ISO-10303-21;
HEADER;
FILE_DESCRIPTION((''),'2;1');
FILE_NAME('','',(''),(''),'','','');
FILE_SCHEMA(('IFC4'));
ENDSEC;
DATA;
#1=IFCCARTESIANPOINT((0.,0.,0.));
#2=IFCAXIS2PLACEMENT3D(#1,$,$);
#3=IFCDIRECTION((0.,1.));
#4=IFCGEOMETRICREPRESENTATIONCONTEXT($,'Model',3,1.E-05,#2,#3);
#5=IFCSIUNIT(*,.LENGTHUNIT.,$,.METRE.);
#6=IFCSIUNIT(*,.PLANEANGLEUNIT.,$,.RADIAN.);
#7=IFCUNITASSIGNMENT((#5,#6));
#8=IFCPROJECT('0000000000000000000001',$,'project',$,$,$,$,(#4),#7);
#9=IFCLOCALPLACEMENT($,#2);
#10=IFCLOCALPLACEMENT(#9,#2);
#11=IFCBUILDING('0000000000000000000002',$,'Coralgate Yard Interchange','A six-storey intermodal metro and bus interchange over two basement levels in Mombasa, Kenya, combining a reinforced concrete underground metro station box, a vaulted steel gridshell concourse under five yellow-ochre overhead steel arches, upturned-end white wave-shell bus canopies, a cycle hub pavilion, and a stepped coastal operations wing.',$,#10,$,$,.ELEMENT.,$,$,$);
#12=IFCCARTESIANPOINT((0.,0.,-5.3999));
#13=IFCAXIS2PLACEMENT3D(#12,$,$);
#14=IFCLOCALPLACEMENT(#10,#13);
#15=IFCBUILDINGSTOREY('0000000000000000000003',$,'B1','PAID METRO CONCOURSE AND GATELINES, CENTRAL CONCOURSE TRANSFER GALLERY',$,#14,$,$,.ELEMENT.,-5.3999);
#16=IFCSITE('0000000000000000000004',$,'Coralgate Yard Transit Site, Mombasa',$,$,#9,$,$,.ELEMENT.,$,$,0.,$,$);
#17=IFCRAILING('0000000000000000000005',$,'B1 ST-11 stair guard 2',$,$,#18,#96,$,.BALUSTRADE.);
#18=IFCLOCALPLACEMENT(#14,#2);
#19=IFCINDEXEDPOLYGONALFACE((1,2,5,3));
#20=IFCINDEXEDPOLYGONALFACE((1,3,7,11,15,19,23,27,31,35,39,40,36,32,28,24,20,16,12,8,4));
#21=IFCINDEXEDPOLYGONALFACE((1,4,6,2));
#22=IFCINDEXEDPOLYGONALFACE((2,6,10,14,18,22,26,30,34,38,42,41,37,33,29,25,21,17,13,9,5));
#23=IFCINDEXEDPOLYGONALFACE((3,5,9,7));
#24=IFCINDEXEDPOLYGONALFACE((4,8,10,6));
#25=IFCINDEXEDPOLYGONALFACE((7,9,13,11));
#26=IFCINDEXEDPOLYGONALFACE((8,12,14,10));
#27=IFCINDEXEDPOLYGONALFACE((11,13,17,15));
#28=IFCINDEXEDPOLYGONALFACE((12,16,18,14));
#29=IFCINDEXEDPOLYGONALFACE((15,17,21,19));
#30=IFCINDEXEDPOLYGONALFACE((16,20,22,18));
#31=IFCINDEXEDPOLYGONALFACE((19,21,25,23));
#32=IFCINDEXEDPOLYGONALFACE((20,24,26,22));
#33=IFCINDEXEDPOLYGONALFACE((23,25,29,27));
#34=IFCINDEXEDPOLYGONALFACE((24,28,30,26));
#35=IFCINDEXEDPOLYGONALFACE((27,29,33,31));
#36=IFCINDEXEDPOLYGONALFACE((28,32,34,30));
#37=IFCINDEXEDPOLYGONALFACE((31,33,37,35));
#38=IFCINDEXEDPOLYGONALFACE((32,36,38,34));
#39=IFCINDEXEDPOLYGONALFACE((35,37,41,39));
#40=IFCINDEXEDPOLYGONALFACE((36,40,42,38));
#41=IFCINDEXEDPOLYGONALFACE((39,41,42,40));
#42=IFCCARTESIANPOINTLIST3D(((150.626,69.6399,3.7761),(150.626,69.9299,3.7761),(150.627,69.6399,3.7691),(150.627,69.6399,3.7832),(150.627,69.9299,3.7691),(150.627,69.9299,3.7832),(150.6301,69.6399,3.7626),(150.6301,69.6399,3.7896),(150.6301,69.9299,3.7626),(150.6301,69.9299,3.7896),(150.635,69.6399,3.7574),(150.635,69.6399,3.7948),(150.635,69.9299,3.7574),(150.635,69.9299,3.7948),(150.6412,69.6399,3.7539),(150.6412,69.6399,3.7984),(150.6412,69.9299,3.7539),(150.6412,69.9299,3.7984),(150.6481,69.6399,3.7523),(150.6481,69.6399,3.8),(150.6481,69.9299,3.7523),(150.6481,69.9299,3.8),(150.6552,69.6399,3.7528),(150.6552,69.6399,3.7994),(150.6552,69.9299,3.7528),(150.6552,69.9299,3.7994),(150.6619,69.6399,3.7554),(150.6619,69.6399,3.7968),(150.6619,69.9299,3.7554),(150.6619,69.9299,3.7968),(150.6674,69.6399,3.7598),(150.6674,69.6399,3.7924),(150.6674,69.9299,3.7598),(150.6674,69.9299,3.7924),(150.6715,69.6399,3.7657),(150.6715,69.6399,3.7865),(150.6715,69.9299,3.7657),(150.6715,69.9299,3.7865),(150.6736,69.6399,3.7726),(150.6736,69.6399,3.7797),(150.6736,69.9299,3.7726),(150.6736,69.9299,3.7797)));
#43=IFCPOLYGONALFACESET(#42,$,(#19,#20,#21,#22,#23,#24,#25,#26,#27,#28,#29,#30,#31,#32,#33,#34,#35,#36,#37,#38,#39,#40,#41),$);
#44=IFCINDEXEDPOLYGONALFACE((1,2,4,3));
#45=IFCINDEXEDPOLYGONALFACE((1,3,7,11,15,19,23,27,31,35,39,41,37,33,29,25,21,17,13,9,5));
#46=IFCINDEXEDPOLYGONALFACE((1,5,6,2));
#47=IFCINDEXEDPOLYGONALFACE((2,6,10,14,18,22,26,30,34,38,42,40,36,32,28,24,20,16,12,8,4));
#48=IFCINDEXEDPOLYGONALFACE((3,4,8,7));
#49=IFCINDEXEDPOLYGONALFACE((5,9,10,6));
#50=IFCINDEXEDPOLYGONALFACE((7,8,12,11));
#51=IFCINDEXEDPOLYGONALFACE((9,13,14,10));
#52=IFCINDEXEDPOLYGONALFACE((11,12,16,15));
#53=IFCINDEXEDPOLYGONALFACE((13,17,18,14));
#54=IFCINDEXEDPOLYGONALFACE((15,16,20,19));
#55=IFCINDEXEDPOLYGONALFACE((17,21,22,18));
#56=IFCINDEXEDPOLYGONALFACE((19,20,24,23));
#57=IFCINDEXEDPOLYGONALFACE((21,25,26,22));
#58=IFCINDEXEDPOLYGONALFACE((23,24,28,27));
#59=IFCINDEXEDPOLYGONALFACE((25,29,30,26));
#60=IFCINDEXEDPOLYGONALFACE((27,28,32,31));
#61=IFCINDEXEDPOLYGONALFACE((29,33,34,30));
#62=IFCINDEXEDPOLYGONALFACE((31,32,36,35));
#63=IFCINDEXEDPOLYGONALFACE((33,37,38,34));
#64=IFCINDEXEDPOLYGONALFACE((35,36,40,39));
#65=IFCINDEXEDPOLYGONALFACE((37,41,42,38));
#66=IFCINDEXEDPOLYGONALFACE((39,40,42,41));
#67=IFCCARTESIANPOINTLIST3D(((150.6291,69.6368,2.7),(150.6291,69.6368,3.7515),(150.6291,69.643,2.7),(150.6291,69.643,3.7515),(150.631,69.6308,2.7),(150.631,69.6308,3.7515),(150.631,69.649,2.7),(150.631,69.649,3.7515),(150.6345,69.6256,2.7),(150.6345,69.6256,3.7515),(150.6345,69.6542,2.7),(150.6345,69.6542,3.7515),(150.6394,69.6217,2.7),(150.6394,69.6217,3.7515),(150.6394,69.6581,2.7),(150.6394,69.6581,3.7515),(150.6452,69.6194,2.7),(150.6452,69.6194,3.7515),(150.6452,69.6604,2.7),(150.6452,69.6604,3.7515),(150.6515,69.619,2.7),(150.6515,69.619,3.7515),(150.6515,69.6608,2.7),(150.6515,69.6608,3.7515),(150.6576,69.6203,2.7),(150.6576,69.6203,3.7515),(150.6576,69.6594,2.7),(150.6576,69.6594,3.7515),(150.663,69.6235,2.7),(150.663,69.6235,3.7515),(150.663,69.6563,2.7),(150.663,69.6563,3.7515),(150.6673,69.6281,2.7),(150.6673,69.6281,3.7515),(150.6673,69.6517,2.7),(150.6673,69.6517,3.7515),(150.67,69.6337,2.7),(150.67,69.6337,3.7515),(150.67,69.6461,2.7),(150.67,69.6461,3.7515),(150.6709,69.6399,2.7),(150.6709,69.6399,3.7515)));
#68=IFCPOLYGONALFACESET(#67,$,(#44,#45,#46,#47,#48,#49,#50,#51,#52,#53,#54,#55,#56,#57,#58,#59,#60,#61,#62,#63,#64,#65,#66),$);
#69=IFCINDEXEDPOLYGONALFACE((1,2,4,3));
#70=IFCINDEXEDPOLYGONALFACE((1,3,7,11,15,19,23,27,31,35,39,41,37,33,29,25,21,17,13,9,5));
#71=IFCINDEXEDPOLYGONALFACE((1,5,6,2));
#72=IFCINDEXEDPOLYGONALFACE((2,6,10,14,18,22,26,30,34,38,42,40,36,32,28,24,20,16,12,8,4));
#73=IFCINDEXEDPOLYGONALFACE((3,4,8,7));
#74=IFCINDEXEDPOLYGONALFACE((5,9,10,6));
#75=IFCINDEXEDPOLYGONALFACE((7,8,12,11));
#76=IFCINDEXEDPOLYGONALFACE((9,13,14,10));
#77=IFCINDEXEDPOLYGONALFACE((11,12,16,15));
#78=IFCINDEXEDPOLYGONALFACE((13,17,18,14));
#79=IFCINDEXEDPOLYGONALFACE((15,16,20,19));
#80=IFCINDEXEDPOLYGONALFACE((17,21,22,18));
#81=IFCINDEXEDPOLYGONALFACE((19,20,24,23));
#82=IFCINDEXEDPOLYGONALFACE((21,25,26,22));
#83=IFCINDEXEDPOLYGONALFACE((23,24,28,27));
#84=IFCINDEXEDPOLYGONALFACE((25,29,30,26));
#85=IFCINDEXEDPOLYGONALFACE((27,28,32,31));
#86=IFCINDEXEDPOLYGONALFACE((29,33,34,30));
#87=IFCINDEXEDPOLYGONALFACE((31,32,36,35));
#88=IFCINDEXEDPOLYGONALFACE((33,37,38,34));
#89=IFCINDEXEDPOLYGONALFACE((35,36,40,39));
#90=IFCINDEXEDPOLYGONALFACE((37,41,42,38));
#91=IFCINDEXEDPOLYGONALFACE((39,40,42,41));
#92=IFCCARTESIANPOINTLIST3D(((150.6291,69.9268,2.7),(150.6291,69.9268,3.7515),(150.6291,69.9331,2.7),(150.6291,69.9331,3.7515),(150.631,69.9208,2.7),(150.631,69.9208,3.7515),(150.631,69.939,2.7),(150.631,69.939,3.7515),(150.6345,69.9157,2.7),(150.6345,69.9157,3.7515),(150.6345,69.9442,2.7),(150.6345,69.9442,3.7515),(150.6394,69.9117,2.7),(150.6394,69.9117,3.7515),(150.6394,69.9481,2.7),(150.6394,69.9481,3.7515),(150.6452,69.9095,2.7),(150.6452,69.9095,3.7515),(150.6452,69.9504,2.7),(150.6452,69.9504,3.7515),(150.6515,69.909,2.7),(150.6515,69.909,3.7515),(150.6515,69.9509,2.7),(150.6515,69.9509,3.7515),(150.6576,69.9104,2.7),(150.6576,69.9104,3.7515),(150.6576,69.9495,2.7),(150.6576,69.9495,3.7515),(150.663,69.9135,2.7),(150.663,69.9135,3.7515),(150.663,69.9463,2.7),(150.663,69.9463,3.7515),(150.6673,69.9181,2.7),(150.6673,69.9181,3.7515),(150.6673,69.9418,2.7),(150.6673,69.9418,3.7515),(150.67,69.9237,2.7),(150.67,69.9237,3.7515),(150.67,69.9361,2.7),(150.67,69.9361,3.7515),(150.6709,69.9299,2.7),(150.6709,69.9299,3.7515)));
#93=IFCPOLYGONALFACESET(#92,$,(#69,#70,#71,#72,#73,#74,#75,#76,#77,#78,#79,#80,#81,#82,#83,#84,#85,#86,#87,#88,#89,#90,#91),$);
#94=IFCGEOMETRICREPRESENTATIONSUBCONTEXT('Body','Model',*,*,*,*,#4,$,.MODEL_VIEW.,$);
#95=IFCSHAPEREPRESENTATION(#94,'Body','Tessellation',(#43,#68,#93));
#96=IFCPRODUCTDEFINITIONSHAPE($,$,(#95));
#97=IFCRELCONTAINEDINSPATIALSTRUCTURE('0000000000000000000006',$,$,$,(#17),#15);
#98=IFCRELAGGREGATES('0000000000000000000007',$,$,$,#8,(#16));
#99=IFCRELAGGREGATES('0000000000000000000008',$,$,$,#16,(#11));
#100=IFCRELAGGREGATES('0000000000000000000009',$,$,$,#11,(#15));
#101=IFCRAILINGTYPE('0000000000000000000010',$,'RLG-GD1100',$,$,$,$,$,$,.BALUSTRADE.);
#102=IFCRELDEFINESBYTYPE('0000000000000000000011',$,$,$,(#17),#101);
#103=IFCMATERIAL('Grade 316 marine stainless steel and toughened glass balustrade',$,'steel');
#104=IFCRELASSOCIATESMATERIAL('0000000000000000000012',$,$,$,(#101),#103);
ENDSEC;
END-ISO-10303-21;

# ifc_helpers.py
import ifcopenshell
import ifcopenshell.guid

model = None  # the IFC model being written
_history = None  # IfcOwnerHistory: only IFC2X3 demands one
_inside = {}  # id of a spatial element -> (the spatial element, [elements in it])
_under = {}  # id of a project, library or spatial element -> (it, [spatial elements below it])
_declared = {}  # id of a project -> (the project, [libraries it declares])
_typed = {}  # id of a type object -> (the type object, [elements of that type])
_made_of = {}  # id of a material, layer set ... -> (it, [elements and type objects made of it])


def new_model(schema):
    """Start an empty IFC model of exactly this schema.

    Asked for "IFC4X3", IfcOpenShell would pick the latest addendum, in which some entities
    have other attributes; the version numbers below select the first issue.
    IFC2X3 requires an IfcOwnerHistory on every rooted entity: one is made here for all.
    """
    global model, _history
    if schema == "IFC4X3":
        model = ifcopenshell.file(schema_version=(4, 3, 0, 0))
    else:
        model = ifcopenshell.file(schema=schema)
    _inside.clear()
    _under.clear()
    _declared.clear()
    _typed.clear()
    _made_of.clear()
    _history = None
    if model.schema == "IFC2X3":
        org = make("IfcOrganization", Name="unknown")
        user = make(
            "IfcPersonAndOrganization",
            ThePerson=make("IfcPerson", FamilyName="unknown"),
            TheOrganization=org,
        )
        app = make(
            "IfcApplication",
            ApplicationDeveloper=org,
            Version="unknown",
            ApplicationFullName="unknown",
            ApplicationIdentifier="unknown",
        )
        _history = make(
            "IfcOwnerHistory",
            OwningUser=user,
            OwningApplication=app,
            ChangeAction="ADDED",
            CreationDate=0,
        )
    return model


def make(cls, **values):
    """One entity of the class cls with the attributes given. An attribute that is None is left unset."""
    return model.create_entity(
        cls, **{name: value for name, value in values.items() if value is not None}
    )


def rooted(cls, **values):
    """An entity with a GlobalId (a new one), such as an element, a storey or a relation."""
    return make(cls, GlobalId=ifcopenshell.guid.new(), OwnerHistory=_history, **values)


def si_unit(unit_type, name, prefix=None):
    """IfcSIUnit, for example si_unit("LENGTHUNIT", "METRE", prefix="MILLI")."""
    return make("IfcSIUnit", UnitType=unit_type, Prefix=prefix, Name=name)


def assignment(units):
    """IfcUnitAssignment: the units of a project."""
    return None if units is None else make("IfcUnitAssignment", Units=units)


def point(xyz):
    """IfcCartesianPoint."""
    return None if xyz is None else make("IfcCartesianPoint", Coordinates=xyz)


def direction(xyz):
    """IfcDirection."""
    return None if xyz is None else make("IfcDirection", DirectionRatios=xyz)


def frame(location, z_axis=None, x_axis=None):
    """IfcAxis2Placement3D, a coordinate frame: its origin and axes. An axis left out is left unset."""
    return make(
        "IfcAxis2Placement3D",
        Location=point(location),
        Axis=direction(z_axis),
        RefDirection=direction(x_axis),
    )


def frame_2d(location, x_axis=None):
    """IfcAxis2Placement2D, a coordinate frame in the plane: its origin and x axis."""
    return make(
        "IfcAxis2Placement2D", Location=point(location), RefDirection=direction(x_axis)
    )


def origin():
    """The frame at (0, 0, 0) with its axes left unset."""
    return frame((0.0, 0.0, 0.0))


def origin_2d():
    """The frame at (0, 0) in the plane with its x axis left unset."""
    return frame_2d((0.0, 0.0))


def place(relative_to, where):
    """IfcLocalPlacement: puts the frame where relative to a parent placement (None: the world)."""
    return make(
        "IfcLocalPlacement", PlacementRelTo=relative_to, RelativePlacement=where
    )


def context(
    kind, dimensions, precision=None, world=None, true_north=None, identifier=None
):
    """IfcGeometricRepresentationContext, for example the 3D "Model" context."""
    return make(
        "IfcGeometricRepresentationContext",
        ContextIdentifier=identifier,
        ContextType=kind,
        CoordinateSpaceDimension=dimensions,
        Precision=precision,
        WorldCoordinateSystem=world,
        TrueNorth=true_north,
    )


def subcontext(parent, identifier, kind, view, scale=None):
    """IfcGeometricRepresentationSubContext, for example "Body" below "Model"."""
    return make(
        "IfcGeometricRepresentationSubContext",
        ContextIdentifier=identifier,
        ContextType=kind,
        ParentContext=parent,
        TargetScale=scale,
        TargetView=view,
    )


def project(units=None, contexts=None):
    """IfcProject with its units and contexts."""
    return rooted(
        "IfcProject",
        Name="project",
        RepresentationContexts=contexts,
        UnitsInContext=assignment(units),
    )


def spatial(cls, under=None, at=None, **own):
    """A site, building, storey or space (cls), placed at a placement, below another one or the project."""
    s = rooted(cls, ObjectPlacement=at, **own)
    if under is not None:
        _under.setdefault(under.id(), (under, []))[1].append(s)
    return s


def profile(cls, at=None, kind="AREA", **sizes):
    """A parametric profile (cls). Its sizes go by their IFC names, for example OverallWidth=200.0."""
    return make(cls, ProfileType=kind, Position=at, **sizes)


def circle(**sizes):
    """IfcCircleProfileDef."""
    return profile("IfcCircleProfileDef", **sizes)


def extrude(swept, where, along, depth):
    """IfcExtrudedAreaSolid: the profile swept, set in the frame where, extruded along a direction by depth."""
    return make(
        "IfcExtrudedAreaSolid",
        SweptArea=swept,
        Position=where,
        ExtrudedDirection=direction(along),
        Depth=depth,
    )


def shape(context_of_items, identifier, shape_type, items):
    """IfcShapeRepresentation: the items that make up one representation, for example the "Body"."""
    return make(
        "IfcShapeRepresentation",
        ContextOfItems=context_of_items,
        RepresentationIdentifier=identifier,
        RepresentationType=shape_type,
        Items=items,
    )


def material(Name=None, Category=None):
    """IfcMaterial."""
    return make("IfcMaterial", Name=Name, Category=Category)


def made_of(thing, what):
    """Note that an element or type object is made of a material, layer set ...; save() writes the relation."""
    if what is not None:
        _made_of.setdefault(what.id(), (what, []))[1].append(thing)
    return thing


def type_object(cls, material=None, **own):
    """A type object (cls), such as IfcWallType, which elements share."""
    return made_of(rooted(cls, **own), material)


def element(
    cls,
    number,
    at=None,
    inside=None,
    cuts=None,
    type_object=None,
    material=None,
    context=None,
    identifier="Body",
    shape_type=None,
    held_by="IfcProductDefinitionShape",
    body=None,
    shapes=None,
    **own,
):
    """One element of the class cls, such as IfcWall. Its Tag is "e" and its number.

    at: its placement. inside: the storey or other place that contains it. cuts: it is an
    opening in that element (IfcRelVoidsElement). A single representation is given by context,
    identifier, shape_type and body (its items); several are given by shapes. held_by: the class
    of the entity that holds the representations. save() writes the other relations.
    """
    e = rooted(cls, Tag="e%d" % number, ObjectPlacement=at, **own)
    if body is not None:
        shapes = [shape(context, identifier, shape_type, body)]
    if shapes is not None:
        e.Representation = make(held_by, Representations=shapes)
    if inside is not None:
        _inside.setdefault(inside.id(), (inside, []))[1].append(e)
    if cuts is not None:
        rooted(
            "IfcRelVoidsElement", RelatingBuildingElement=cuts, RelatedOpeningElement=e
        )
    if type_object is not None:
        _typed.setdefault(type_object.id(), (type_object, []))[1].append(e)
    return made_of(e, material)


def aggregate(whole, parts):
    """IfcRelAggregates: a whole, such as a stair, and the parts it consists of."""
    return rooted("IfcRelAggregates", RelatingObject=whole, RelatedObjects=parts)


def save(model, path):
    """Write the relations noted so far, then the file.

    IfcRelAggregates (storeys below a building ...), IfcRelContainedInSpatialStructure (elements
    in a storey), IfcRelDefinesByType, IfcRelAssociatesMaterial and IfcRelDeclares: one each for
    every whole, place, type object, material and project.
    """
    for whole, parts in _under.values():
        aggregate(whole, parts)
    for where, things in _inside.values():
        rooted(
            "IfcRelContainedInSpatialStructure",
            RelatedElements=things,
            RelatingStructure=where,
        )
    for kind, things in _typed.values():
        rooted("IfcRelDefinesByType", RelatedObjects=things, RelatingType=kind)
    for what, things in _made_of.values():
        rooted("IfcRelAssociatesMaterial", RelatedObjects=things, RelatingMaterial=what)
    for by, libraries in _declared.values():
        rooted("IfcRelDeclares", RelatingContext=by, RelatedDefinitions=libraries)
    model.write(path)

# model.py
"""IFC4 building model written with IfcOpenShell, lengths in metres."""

from ifc_helpers import new_model, si_unit, direction, frame, origin, origin_2d, place, context, subcontext, project, spatial, circle, extrude, material, type_object, element, save


model = new_model("IFC4")

# Units and contexts
model_context = context("Model", 3, precision=1e-05, world=origin(), true_north=direction((0.0, 1.0)))
body_context = subcontext(model_context, "Body", "Model", "MODEL_VIEW")
ifc_project = project(units=[si_unit("LENGTHUNIT", "METRE"), si_unit("PLANEANGLEUNIT", "RADIAN")], contexts=[model_context])

# Site, building, storey
site_placement = place(None, origin())
site = spatial("IfcSite", under=ifc_project, at=site_placement, Name="Coralgate Yard Transit Site, Mombasa", CompositionType="ELEMENT", RefElevation=0.0)
building_placement = place(site_placement, origin())
building = spatial("IfcBuilding", under=site, at=building_placement, Name="Coralgate Yard Interchange", Description="A six-storey intermodal metro and bus interchange over two basement levels in Mombasa, Kenya, combining a reinforced concrete underground metro station box, a vaulted steel gridshell concourse under five yellow-ochre overhead steel arches, upturned-end white wave-shell bus canopies, a cycle hub pavilion, and a stepped coastal operations wing.", CompositionType="ELEMENT")
storey_placement = place(building_placement, frame((0.0, 0.0, -5.3999)))
storey = spatial("IfcBuildingStorey", under=building, at=storey_placement, Name="B1", Description="PAID METRO CONCOURSE AND GATELINES, CENTRAL CONCOURSE TRANSFER GALLERY", CompositionType="ELEMENT", Elevation=-5.3999)

# Railing
ifc_material_1 = material(Name="Grade 316 marine stainless steel and toughened glass balustrade", Category="steel")
railing_type_1 = type_object("IfcRailingType", Name="RLG-GD1100", PredefinedType="BALUSTRADE", material=ifc_material_1)
railing_1_placement = place(storey_placement, frame((150.6499, 69.6399, 2.7)))
element("IfcRailing", 1, at=railing_1_placement, inside=storey, type_object=railing_type_1, Name="B1 ST-11 stair guard 2", PredefinedType="BALUSTRADE", context=body_context, shape_type="SweptSolid", body=[
    extrude(circle(Radius=0.0239, at=origin_2d()), frame((0.0, 0.0, 1.0762), z_axis=(0.0, 1.0, 0.0), x_axis=(-1.0, 0.0, 0.0)), (0.0, 0.0, 1.0), 0.29),
    extrude(circle(Radius=0.021, at=origin_2d()), origin(), (0.0, 0.0, 1.0), 1.0515),
    extrude(circle(Radius=0.021, at=origin_2d()), frame((0.0, 0.29, 0.0)), (0.0, 0.0, 1.0), 1.0515),
])

save(model, "model.ifc")
